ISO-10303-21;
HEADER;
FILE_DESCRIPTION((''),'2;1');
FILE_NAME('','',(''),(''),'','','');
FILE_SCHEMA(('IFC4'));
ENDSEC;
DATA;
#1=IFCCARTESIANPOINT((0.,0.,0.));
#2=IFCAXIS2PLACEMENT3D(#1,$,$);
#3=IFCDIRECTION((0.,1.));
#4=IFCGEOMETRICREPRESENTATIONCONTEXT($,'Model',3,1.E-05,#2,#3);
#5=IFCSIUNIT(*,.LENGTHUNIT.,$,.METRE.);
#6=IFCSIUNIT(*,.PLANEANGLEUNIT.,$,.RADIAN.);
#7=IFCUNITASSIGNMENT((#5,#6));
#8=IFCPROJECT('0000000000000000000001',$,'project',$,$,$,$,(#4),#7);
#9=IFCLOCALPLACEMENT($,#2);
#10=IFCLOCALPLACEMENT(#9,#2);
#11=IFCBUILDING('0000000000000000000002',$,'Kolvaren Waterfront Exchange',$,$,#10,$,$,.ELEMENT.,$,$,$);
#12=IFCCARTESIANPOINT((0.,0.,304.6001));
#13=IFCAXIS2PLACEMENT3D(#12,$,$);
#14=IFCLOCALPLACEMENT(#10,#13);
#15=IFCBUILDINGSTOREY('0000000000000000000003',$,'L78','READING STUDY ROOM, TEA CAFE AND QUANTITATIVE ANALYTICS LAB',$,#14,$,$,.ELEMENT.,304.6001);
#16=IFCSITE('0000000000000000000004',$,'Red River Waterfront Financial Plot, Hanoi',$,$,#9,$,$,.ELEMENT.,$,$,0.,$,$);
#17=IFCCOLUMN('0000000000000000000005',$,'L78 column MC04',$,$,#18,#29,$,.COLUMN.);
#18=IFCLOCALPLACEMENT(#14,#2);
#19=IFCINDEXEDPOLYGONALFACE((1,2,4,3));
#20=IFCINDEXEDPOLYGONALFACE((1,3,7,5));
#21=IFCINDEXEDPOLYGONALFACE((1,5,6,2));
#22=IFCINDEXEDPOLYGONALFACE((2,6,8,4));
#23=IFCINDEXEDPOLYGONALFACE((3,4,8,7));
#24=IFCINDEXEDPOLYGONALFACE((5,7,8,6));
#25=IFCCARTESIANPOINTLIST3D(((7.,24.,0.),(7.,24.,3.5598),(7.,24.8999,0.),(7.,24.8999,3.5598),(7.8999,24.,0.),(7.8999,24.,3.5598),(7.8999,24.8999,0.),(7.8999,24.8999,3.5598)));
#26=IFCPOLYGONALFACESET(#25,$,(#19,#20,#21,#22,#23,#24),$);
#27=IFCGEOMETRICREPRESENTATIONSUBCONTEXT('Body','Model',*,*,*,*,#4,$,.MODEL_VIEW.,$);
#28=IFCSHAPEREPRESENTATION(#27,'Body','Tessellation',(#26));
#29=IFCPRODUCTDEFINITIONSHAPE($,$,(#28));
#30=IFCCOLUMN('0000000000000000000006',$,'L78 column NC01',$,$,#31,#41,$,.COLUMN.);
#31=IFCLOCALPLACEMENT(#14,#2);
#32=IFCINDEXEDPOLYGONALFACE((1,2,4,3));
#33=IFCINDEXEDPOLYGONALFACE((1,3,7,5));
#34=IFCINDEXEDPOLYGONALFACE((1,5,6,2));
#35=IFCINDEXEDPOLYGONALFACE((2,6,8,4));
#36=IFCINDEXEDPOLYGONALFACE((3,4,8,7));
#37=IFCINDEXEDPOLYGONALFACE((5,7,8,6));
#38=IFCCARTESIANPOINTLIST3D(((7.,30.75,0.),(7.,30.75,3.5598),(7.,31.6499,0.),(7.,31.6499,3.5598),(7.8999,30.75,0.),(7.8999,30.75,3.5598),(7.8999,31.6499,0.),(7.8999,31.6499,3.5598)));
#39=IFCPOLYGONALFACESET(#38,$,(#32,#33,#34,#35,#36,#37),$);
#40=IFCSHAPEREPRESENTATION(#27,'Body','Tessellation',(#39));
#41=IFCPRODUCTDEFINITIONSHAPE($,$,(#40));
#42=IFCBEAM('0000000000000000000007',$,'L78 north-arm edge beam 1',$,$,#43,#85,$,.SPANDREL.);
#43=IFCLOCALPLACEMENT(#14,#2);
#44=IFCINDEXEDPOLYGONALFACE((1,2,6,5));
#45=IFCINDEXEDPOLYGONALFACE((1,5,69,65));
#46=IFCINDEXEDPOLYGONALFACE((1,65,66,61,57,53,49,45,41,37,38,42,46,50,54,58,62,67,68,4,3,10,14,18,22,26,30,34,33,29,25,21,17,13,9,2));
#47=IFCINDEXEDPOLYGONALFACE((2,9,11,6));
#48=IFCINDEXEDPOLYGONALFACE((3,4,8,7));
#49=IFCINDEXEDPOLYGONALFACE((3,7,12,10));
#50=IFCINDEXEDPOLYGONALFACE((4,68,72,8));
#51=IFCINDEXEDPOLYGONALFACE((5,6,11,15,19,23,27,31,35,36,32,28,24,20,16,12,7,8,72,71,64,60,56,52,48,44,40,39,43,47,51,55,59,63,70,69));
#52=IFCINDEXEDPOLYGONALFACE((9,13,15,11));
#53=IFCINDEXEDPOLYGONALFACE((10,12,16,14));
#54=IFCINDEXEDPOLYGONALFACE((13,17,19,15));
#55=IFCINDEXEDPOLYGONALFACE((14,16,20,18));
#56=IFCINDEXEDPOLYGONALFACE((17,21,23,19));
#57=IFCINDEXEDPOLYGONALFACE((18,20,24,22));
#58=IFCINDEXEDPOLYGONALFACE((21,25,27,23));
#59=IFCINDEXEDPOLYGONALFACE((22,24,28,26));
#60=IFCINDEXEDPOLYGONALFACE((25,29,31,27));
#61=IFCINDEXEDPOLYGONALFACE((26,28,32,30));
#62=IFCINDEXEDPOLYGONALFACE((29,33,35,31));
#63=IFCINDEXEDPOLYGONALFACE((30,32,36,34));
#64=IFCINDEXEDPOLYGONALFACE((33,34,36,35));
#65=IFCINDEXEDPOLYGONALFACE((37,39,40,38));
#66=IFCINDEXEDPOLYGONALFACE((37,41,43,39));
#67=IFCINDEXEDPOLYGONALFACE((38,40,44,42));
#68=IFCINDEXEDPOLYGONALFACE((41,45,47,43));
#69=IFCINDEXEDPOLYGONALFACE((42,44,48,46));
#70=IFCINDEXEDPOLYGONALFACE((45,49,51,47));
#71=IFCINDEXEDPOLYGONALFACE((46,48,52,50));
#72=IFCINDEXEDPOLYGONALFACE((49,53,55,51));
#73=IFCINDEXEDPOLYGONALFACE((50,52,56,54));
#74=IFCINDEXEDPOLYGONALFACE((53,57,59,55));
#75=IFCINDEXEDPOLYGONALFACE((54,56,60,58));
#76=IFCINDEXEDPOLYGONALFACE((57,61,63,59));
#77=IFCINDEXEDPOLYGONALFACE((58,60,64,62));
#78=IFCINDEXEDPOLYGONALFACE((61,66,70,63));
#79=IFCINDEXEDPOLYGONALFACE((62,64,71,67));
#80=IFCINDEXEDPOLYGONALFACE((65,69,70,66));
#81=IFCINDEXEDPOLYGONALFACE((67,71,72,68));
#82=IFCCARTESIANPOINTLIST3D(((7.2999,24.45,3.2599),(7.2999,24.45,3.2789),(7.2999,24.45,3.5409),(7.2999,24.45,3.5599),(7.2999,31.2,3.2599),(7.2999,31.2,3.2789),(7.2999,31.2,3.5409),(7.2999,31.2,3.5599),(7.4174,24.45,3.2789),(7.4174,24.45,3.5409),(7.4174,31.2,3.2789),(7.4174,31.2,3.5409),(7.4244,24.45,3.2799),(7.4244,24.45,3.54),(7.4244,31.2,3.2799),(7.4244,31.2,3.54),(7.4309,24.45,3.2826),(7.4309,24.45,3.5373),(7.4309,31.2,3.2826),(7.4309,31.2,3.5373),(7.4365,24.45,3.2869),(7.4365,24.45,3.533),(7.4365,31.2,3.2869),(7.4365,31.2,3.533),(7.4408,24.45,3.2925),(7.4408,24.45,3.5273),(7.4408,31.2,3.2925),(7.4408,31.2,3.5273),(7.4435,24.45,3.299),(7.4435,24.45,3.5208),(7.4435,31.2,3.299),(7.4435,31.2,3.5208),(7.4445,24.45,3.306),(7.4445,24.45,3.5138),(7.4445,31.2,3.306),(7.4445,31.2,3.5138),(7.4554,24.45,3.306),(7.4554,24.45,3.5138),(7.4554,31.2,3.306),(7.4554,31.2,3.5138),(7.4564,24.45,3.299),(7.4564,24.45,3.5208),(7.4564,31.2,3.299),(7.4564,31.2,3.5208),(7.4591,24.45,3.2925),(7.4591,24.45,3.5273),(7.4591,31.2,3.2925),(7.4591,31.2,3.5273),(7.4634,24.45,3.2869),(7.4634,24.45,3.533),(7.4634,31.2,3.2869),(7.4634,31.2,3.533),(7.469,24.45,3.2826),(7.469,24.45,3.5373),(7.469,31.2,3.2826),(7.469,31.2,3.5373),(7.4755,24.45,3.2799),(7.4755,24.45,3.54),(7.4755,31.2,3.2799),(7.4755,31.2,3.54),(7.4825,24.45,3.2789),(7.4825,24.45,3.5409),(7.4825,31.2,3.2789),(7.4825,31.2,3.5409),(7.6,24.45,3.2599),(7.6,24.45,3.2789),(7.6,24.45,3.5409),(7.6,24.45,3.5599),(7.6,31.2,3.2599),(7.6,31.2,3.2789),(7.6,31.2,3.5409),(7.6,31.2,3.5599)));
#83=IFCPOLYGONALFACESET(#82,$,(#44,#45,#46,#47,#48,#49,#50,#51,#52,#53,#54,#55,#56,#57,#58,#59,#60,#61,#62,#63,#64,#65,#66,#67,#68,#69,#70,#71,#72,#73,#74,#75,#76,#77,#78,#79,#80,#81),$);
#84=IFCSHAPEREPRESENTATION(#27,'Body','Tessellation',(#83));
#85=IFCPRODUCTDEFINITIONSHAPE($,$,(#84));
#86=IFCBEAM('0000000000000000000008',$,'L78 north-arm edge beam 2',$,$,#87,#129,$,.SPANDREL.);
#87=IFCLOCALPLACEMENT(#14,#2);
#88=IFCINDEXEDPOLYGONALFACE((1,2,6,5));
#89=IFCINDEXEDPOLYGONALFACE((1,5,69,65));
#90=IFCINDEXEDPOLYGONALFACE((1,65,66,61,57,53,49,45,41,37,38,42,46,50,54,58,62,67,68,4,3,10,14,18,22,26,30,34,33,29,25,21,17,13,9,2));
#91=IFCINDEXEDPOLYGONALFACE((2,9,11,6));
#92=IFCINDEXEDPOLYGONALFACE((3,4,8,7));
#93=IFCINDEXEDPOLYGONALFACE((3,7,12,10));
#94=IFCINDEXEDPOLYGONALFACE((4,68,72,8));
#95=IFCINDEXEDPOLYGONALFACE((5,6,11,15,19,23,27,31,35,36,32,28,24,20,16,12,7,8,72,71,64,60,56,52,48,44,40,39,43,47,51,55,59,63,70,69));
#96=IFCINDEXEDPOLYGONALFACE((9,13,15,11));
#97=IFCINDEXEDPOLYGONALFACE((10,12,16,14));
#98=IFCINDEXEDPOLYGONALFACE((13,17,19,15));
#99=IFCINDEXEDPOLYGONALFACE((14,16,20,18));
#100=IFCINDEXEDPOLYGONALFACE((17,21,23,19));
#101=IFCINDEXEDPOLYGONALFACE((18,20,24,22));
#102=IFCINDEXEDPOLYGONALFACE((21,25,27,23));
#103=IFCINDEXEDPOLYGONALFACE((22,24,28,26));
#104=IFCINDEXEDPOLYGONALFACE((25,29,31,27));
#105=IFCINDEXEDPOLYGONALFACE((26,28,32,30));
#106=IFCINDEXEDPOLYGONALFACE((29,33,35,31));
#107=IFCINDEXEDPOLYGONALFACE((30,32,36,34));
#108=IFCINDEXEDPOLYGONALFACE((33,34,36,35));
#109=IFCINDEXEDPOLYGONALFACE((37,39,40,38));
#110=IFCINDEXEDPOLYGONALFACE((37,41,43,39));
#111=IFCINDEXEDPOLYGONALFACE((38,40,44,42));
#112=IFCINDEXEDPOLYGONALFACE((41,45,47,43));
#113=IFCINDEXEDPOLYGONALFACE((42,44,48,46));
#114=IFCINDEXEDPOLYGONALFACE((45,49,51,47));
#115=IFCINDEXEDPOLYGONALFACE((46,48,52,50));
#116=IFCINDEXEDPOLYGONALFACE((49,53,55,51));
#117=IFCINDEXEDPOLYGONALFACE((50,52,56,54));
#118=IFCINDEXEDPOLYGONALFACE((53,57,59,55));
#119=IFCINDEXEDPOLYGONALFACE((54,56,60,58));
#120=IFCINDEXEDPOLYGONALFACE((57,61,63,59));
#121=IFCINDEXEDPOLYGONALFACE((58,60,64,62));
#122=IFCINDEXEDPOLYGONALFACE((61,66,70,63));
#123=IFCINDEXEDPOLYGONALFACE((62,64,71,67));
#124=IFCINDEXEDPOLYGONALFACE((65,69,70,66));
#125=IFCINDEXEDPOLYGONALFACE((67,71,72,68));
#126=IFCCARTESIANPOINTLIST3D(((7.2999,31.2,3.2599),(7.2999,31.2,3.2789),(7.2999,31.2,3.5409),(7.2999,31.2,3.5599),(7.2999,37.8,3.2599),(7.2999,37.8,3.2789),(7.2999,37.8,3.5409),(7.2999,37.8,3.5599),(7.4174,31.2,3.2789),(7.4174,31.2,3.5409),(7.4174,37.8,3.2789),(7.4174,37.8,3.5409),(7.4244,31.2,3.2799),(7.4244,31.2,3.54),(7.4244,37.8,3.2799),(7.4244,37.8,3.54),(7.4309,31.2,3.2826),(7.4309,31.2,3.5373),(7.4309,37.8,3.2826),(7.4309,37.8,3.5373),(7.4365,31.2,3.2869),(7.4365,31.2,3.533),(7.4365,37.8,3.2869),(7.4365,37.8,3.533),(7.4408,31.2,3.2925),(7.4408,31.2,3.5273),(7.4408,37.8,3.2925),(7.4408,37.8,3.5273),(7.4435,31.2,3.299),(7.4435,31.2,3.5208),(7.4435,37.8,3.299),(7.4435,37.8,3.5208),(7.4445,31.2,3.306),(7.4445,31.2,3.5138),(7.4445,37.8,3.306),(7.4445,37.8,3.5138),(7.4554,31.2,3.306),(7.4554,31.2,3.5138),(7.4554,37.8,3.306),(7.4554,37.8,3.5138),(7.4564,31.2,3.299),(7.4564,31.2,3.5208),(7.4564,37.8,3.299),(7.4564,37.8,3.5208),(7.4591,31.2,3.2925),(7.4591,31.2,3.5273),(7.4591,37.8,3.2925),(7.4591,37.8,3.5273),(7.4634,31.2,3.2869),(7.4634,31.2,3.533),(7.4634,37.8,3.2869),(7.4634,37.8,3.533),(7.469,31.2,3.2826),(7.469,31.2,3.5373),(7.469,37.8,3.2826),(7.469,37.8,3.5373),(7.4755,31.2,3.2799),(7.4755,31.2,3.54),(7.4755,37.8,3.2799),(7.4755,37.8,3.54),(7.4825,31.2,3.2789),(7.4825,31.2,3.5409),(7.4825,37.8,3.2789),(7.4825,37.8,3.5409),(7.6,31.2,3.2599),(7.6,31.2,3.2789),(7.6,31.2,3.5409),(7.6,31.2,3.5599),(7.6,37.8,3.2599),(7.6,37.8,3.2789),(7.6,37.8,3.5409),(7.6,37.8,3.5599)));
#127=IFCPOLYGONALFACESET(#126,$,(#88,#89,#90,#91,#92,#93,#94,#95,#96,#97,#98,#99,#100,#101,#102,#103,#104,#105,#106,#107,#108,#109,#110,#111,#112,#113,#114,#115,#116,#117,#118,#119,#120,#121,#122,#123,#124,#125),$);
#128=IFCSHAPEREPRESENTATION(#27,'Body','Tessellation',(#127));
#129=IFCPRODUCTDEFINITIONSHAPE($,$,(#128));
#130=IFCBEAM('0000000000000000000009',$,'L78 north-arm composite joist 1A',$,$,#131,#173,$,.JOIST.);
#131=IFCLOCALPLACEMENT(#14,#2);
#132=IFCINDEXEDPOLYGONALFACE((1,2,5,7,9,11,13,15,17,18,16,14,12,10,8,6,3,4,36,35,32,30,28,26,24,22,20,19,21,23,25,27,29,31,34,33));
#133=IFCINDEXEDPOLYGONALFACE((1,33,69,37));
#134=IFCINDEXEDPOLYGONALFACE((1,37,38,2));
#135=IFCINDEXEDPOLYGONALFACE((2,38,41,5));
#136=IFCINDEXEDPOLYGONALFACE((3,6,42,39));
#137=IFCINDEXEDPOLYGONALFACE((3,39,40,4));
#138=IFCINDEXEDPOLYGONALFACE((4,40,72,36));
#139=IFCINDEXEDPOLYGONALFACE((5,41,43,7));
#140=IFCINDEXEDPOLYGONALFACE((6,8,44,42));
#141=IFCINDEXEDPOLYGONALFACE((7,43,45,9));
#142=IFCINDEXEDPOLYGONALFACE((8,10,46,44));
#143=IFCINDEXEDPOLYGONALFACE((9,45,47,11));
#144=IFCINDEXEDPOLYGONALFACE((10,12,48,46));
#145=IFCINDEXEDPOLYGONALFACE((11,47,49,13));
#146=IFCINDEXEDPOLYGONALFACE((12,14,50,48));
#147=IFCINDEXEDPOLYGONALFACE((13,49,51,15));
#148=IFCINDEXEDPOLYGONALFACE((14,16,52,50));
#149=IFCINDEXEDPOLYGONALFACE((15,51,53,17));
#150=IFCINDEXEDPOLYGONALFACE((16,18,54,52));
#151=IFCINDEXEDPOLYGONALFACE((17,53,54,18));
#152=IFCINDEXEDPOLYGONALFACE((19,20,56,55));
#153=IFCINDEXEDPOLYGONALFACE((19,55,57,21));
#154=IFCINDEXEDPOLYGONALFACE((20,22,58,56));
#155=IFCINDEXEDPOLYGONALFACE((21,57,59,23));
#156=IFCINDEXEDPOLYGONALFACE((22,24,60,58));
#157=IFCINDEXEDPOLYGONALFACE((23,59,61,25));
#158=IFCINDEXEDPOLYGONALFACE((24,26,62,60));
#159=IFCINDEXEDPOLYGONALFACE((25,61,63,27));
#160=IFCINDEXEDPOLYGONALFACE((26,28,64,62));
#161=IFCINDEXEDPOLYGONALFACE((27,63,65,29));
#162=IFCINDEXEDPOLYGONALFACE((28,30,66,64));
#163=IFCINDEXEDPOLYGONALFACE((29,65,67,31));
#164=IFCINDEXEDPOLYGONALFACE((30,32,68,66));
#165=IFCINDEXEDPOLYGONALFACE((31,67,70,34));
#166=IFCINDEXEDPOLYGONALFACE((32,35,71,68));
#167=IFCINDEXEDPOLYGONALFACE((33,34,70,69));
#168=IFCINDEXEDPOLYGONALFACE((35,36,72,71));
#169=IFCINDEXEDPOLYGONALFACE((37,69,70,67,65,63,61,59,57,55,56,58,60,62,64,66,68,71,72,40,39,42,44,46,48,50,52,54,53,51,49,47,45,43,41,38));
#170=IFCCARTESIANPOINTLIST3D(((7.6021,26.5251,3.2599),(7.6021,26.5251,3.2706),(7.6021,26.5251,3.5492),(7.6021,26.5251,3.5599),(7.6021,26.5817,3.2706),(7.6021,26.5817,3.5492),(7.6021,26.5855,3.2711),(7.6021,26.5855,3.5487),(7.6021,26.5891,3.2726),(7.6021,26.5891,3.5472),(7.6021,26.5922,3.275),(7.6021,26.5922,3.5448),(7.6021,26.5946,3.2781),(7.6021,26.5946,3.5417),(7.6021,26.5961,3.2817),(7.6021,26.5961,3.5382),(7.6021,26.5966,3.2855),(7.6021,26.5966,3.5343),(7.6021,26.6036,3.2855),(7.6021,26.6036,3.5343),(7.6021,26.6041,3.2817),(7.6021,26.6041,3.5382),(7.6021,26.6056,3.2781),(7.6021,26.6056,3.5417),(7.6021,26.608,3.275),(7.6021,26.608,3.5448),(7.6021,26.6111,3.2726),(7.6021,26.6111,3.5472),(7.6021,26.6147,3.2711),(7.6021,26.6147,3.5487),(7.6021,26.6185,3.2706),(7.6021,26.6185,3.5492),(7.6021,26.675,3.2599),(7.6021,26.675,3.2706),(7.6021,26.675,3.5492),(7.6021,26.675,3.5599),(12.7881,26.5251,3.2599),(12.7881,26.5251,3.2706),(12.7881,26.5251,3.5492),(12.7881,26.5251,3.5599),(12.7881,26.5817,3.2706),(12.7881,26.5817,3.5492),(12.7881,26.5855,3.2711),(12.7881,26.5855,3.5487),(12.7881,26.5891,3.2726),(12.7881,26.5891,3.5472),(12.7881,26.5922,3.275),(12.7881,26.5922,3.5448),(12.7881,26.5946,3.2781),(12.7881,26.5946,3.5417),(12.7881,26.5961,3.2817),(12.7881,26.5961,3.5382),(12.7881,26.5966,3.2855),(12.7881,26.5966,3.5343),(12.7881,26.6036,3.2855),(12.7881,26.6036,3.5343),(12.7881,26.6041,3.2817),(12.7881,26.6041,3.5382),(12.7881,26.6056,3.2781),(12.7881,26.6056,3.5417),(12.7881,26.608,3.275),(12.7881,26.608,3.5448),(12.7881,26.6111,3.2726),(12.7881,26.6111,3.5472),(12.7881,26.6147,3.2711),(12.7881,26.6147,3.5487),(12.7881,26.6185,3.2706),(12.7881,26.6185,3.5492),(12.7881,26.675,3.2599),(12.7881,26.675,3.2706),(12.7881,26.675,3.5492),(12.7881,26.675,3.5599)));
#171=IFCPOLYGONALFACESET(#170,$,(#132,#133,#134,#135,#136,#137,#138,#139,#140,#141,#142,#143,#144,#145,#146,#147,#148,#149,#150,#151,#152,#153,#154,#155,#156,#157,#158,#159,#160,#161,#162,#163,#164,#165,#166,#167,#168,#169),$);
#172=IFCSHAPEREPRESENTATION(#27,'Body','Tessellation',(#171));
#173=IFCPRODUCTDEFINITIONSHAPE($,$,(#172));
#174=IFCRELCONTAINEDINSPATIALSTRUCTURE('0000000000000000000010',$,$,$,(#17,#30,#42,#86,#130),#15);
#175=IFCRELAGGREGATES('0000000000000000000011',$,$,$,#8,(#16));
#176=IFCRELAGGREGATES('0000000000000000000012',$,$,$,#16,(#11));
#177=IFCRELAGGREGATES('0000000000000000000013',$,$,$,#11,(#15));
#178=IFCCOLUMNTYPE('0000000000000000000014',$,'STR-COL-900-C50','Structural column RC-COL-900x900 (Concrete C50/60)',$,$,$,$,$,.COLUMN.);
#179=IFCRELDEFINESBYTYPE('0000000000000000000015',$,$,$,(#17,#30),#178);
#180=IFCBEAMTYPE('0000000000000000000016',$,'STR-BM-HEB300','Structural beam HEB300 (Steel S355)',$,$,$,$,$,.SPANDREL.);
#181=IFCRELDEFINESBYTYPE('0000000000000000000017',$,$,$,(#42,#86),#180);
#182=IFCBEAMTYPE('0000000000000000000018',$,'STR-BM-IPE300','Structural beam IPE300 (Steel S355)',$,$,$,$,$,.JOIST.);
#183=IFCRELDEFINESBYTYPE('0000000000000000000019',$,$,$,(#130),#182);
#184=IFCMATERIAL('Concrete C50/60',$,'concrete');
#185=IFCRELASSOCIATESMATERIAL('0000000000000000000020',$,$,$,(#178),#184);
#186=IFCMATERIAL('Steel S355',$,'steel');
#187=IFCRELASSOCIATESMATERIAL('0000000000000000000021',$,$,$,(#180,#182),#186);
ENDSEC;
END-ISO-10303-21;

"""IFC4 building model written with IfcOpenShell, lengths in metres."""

from ifc_helpers import new_model, si_unit, direction, frame, origin, origin_2d, place, context, subcontext, project, spatial, rectangle, i_section, extrude, material, material_profile, profile_set, type_object, element, save


model = new_model("IFC4")

# Units and contexts
model_context = context("Model", 3, precision=1e-05, world=origin(), true_north=direction((0.0, 1.0)))
body_context = subcontext(model_context, "Body", "Model", "MODEL_VIEW")
ifc_project = project(units=[si_unit("LENGTHUNIT", "METRE"), si_unit("PLANEANGLEUNIT", "RADIAN")], contexts=[model_context])

# Site, building, storey
site_placement = place(None, origin())
site = spatial("IfcSite", under=ifc_project, at=site_placement, Name="Red River Waterfront Financial Plot, Hanoi", CompositionType="ELEMENT", RefElevation=0.0)
building_placement = place(site_placement, origin())
building = spatial("IfcBuilding", under=site, at=building_placement, Name="Kolvaren Waterfront Exchange", CompositionType="ELEMENT")
storey_placement = place(building_placement, frame((0.0, 0.0, 304.6001)))
storey = spatial("IfcBuildingStorey", under=building, at=storey_placement, Name="L78", Description="READING STUDY ROOM, TEA CAFE AND QUANTITATIVE ANALYTICS LAB", CompositionType="ELEMENT", Elevation=304.6001)

# Columns
ifc_material_1 = material(Name="Concrete C50/60", Category="concrete")
ifc_material_profile_1 = material_profile(ifc_material_1, rectangle(XDim=0.8999, YDim=0.8999, at=origin_2d()), Name="RC-COL-900x900")
ifc_profile_set_1 = profile_set([ifc_material_profile_1], Name="Concrete C50/60")
column_type = type_object("IfcColumnType", Name="STR-COL-900-C50", Description="Structural column RC-COL-900x900 (Concrete C50/60)", PredefinedType="COLUMN", material=ifc_profile_set_1)
for number, where, z_axis, x_axis, name in (
    (1, (7.45, 24.45, 0.0), (0.0, 0.0, 1.0), (1.0, 0.0, 0.0), "L78 column MC04"),
    (2, (7.45, 31.2, 0.0), (0.0, 0.0, 1.0), (1.0, 0.0, 0.0), "L78 column NC01"),
):
    element("IfcColumn", number, at=place(storey_placement, frame(where, z_axis=z_axis, x_axis=x_axis)), inside=storey, type_object=column_type, Name=name, PredefinedType="COLUMN", context=body_context, shape_type="SweptSolid", body=[
        extrude(rectangle(XDim=0.8999, YDim=0.8999, at=origin_2d()), origin(), (0.0, 0.0, 1.0), 3.5598),
    ])

# Beams
ifc_material_2 = material(Name="Steel S355", Category="steel")
ifc_material_profile_2 = material_profile(ifc_material_2, i_section(OverallWidth=0.3, OverallDepth=0.3, WebThickness=0.011, FlangeThickness=0.019, FilletRadius=0.0271, at=origin_2d()), Name="HEB300")
ifc_profile_set_2 = profile_set([ifc_material_profile_2], Name="Steel S355")
beam_type_1 = type_object("IfcBeamType", Name="STR-BM-HEB300", Description="Structural beam HEB300 (Steel S355)", PredefinedType="SPANDREL", material=ifc_profile_set_2)
beam_1_placement = place(storey_placement, frame((7.45, 24.45, 3.4099), z_axis=(0.0, 1.0, 0.0), x_axis=(-1.0, 0.0, 0.0)))
element("IfcBeam", 3, at=beam_1_placement, inside=storey, type_object=beam_type_1, Name="L78 north-arm edge beam 1", PredefinedType="SPANDREL", context=body_context, shape_type="SweptSolid", body=[
    extrude(i_section(OverallWidth=0.3, OverallDepth=0.3, WebThickness=0.011, FlangeThickness=0.019, FilletRadius=0.0271, at=origin_2d()), origin(), (0.0, 0.0, 1.0), 6.75),
])
beam_2_placement = place(storey_placement, frame((7.45, 31.2, 3.4099), z_axis=(0.0, 1.0, 0.0), x_axis=(-1.0, 0.0, 0.0)))
element("IfcBeam", 4, at=beam_2_placement, inside=storey, type_object=beam_type_1, Name="L78 north-arm edge beam 2", PredefinedType="SPANDREL", context=body_context, shape_type="SweptSolid", body=[
    extrude(i_section(OverallWidth=0.3, OverallDepth=0.3, WebThickness=0.011, FlangeThickness=0.019, FilletRadius=0.0271, at=origin_2d()), origin(), (0.0, 0.0, 1.0), 6.6001),
])
ifc_material_profile_3 = material_profile(ifc_material_2, i_section(OverallWidth=0.1499, OverallDepth=0.3, WebThickness=0.0071, FlangeThickness=0.0107, FilletRadius=0.0149, at=origin_2d()), Name="IPE300")
ifc_profile_set_3 = profile_set([ifc_material_profile_3], Name="Steel S355")
beam_type_2 = type_object("IfcBeamType", Name="STR-BM-IPE300", Description="Structural beam IPE300 (Steel S355)", PredefinedType="JOIST", material=ifc_profile_set_3)
for number, where, z_axis, x_axis, name in (
    (5, (7.6021, 26.6001, 3.4099), (1.0, 0.0, 0.0), (0.0, 1.0, 0.0), "L78 north-arm composite joist 1A"),
):
    element("IfcBeam", number, at=place(storey_placement, frame(where, z_axis=z_axis, x_axis=x_axis)), inside=storey, type_object=beam_type_2, Name=name, PredefinedType="JOIST", context=body_context, shape_type="SweptSolid", body=[
        extrude(i_section(OverallWidth=0.1499, OverallDepth=0.3, WebThickness=0.0071, FlangeThickness=0.0107, FilletRadius=0.0149, at=origin_2d()), origin(), (0.0, 0.0, 1.0), 5.186),
    ])

save(model, "model.ifc")
